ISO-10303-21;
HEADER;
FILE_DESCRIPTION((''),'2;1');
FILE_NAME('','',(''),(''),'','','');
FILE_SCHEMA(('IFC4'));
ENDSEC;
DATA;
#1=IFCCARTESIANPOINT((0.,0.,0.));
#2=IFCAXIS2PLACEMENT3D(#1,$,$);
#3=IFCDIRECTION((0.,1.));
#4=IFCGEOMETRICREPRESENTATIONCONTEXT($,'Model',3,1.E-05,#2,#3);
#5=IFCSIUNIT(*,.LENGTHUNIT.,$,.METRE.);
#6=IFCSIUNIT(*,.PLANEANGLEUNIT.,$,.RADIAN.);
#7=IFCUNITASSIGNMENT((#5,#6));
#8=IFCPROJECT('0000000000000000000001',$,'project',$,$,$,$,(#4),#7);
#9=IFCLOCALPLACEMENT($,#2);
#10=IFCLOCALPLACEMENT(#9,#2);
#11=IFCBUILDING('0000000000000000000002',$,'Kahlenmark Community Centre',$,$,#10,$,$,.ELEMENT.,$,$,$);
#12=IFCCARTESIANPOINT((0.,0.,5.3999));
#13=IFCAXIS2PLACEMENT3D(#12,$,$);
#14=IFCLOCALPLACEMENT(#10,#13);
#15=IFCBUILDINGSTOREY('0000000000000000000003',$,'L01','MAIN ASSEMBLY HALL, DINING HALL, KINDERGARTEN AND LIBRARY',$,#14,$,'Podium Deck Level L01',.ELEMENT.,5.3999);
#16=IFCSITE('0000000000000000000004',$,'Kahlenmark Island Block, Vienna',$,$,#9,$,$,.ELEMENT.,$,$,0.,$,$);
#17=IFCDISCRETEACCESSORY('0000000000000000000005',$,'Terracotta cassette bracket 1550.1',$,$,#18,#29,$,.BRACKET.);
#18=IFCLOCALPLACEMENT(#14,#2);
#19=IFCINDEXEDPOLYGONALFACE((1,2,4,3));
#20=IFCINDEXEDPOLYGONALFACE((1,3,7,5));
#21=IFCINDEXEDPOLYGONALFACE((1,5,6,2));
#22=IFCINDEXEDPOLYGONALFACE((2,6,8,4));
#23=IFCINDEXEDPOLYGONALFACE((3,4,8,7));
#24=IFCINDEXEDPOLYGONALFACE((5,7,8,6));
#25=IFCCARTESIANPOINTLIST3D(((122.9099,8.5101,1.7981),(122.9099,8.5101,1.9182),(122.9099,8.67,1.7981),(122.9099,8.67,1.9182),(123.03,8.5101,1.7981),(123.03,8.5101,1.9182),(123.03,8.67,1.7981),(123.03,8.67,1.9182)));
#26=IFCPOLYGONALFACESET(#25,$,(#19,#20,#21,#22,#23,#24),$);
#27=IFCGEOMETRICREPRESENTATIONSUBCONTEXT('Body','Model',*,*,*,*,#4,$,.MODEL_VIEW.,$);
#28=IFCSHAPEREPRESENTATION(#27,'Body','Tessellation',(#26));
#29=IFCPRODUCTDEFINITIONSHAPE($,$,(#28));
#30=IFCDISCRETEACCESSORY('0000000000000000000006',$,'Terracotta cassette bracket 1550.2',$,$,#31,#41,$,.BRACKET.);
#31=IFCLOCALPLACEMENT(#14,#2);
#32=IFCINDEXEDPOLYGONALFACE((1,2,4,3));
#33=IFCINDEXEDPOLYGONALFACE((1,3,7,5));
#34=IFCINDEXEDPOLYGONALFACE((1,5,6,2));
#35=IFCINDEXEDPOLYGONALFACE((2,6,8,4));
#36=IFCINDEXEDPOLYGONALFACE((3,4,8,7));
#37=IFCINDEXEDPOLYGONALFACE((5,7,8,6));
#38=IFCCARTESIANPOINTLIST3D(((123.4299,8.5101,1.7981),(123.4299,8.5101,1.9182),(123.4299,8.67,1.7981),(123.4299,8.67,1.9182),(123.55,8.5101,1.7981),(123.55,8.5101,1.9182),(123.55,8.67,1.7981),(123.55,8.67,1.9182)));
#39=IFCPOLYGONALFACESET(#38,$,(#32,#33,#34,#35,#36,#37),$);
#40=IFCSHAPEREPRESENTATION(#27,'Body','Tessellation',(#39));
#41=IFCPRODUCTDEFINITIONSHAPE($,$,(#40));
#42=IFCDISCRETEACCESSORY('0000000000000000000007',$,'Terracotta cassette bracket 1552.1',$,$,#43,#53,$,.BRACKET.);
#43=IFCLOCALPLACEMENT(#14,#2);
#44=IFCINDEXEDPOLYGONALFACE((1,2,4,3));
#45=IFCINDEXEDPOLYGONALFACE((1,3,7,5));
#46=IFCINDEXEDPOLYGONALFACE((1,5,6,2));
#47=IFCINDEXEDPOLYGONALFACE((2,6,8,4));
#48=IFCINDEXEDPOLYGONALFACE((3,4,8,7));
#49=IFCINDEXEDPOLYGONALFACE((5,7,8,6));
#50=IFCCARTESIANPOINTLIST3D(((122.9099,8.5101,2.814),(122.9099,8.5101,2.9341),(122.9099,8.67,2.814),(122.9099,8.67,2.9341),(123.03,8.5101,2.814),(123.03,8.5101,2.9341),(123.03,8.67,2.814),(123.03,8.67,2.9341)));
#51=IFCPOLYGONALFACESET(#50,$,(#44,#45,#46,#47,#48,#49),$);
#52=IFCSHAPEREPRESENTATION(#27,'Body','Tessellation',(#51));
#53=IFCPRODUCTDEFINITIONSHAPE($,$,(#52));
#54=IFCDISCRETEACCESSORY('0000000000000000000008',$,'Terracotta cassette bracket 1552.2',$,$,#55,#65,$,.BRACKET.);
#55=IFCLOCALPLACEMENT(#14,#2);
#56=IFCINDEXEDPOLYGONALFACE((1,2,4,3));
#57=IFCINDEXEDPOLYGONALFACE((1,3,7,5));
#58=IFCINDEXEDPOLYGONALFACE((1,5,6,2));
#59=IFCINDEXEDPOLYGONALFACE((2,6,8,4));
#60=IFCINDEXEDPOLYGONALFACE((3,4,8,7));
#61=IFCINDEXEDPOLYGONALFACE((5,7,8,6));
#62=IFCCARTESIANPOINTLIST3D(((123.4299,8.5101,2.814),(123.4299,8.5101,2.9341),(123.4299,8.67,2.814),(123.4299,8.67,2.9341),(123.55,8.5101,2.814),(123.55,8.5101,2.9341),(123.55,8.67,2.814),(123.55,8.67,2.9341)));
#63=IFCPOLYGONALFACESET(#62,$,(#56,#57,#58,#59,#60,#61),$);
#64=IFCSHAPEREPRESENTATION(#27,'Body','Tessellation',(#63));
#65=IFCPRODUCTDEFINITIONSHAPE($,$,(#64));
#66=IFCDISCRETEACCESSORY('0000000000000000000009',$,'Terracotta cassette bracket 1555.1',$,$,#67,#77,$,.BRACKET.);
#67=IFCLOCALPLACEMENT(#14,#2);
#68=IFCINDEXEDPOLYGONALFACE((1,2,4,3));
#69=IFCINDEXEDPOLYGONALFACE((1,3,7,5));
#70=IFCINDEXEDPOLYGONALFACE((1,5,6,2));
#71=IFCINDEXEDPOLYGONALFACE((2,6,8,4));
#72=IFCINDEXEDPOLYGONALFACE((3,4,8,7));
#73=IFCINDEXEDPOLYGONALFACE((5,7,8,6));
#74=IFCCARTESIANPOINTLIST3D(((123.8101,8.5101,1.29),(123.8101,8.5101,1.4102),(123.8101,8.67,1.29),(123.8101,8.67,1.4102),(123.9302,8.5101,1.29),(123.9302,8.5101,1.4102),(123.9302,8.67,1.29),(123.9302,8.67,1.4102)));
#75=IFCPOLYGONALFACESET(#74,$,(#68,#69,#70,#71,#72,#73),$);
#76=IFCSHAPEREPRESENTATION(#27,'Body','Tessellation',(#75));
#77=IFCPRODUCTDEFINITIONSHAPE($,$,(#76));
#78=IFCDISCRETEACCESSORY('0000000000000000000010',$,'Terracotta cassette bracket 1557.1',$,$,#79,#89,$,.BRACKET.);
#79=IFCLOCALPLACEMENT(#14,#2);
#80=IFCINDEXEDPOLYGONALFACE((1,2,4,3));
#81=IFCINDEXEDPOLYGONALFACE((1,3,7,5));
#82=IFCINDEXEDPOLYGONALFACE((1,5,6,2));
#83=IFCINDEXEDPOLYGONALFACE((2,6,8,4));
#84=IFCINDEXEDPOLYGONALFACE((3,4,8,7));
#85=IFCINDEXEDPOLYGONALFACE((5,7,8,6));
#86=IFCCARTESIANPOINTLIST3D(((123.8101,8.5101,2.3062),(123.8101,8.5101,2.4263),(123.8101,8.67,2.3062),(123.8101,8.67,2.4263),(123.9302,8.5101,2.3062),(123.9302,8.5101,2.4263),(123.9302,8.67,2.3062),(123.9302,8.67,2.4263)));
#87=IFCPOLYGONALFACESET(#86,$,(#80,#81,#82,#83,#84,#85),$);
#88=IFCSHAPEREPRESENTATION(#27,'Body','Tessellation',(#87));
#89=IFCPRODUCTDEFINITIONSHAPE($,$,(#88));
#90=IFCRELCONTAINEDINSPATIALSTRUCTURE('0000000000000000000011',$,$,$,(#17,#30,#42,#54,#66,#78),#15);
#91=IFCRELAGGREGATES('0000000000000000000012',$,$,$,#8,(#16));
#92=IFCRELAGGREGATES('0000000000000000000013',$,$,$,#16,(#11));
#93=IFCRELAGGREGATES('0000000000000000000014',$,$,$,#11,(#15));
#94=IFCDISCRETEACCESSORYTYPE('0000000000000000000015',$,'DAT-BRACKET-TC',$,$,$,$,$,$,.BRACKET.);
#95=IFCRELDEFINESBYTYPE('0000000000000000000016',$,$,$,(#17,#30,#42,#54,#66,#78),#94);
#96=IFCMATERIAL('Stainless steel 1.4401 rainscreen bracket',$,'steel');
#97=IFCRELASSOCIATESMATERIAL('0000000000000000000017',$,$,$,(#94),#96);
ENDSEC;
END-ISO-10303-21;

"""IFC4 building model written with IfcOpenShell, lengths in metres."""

from ifc_helpers import new_model, si_unit, direction, frame, origin, origin_2d, place, context, subcontext, project, spatial, rectangle, extrude, material, type_object, element, save


model = new_model("IFC4")

# Units and contexts
model_context = context("Model", 3, precision=1e-05, world=origin(), true_north=direction((0.0, 1.0)))
body_context = subcontext(model_context, "Body", "Model", "MODEL_VIEW")
ifc_project = project(units=[si_unit("LENGTHUNIT", "METRE"), si_unit("PLANEANGLEUNIT", "RADIAN")], contexts=[model_context])

# Site, building, storey
site_placement = place(None, origin())
site = spatial("IfcSite", under=ifc_project, at=site_placement, Name="Kahlenmark Island Block, Vienna", CompositionType="ELEMENT", RefElevation=0.0)
building_placement = place(site_placement, origin())
building = spatial("IfcBuilding", under=site, at=building_placement, Name="Kahlenmark Community Centre", CompositionType="ELEMENT")
storey_placement = place(building_placement, frame((0.0, 0.0, 5.3999)))
storey = spatial("IfcBuildingStorey", under=building, at=storey_placement, Name="L01", Description="MAIN ASSEMBLY HALL, DINING HALL, KINDERGARTEN AND LIBRARY", LongName="Podium Deck Level L01", CompositionType="ELEMENT", Elevation=5.3999)

# Discrete accessories
ifc_material_1 = material(Name="Stainless steel 1.4401 rainscreen bracket", Category="steel")
discrete_accessory_type = type_object("IfcDiscreteAccessoryType", Name="DAT-BRACKET-TC", PredefinedType="BRACKET", material=ifc_material_1)
for number, where, z_axis, x_axis, name in (
    (1, (122.97, 8.5901, 1.7981), (0.0, 0.0, 1.0), (1.0, 0.0, 0.0), "Terracotta cassette bracket 1550.1"),
    (2, (123.49, 8.5901, 1.7981), (0.0, 0.0, 1.0), (1.0, 0.0, 0.0), "Terracotta cassette bracket 1550.2"),
    (3, (122.97, 8.5901, 2.814), (0.0, 0.0, 1.0), (1.0, 0.0, 0.0), "Terracotta cassette bracket 1552.1"),
    (4, (123.49, 8.5901, 2.814), (0.0, 0.0, 1.0), (1.0, 0.0, 0.0), "Terracotta cassette bracket 1552.2"),
    (5, (123.8701, 8.5901, 1.29), (0.0, 0.0, 1.0), (1.0, 0.0, 0.0), "Terracotta cassette bracket 1555.1"),
    (6, (123.8701, 8.5901, 2.3062), (0.0, 0.0, 1.0), (1.0, 0.0, 0.0), "Terracotta cassette bracket 1557.1"),
):
    element("IfcDiscreteAccessory", number, at=place(storey_placement, frame(where, z_axis=z_axis, x_axis=x_axis)), inside=storey, type_object=discrete_accessory_type, Name=name, PredefinedType="BRACKET", context=body_context, shape_type="SweptSolid", body=[
        extrude(rectangle(XDim=0.1201, YDim=0.1599, at=origin_2d()), origin(), (0.0, 0.0, 1.0), 0.1201),
    ])

save(model, "model.ifc")
